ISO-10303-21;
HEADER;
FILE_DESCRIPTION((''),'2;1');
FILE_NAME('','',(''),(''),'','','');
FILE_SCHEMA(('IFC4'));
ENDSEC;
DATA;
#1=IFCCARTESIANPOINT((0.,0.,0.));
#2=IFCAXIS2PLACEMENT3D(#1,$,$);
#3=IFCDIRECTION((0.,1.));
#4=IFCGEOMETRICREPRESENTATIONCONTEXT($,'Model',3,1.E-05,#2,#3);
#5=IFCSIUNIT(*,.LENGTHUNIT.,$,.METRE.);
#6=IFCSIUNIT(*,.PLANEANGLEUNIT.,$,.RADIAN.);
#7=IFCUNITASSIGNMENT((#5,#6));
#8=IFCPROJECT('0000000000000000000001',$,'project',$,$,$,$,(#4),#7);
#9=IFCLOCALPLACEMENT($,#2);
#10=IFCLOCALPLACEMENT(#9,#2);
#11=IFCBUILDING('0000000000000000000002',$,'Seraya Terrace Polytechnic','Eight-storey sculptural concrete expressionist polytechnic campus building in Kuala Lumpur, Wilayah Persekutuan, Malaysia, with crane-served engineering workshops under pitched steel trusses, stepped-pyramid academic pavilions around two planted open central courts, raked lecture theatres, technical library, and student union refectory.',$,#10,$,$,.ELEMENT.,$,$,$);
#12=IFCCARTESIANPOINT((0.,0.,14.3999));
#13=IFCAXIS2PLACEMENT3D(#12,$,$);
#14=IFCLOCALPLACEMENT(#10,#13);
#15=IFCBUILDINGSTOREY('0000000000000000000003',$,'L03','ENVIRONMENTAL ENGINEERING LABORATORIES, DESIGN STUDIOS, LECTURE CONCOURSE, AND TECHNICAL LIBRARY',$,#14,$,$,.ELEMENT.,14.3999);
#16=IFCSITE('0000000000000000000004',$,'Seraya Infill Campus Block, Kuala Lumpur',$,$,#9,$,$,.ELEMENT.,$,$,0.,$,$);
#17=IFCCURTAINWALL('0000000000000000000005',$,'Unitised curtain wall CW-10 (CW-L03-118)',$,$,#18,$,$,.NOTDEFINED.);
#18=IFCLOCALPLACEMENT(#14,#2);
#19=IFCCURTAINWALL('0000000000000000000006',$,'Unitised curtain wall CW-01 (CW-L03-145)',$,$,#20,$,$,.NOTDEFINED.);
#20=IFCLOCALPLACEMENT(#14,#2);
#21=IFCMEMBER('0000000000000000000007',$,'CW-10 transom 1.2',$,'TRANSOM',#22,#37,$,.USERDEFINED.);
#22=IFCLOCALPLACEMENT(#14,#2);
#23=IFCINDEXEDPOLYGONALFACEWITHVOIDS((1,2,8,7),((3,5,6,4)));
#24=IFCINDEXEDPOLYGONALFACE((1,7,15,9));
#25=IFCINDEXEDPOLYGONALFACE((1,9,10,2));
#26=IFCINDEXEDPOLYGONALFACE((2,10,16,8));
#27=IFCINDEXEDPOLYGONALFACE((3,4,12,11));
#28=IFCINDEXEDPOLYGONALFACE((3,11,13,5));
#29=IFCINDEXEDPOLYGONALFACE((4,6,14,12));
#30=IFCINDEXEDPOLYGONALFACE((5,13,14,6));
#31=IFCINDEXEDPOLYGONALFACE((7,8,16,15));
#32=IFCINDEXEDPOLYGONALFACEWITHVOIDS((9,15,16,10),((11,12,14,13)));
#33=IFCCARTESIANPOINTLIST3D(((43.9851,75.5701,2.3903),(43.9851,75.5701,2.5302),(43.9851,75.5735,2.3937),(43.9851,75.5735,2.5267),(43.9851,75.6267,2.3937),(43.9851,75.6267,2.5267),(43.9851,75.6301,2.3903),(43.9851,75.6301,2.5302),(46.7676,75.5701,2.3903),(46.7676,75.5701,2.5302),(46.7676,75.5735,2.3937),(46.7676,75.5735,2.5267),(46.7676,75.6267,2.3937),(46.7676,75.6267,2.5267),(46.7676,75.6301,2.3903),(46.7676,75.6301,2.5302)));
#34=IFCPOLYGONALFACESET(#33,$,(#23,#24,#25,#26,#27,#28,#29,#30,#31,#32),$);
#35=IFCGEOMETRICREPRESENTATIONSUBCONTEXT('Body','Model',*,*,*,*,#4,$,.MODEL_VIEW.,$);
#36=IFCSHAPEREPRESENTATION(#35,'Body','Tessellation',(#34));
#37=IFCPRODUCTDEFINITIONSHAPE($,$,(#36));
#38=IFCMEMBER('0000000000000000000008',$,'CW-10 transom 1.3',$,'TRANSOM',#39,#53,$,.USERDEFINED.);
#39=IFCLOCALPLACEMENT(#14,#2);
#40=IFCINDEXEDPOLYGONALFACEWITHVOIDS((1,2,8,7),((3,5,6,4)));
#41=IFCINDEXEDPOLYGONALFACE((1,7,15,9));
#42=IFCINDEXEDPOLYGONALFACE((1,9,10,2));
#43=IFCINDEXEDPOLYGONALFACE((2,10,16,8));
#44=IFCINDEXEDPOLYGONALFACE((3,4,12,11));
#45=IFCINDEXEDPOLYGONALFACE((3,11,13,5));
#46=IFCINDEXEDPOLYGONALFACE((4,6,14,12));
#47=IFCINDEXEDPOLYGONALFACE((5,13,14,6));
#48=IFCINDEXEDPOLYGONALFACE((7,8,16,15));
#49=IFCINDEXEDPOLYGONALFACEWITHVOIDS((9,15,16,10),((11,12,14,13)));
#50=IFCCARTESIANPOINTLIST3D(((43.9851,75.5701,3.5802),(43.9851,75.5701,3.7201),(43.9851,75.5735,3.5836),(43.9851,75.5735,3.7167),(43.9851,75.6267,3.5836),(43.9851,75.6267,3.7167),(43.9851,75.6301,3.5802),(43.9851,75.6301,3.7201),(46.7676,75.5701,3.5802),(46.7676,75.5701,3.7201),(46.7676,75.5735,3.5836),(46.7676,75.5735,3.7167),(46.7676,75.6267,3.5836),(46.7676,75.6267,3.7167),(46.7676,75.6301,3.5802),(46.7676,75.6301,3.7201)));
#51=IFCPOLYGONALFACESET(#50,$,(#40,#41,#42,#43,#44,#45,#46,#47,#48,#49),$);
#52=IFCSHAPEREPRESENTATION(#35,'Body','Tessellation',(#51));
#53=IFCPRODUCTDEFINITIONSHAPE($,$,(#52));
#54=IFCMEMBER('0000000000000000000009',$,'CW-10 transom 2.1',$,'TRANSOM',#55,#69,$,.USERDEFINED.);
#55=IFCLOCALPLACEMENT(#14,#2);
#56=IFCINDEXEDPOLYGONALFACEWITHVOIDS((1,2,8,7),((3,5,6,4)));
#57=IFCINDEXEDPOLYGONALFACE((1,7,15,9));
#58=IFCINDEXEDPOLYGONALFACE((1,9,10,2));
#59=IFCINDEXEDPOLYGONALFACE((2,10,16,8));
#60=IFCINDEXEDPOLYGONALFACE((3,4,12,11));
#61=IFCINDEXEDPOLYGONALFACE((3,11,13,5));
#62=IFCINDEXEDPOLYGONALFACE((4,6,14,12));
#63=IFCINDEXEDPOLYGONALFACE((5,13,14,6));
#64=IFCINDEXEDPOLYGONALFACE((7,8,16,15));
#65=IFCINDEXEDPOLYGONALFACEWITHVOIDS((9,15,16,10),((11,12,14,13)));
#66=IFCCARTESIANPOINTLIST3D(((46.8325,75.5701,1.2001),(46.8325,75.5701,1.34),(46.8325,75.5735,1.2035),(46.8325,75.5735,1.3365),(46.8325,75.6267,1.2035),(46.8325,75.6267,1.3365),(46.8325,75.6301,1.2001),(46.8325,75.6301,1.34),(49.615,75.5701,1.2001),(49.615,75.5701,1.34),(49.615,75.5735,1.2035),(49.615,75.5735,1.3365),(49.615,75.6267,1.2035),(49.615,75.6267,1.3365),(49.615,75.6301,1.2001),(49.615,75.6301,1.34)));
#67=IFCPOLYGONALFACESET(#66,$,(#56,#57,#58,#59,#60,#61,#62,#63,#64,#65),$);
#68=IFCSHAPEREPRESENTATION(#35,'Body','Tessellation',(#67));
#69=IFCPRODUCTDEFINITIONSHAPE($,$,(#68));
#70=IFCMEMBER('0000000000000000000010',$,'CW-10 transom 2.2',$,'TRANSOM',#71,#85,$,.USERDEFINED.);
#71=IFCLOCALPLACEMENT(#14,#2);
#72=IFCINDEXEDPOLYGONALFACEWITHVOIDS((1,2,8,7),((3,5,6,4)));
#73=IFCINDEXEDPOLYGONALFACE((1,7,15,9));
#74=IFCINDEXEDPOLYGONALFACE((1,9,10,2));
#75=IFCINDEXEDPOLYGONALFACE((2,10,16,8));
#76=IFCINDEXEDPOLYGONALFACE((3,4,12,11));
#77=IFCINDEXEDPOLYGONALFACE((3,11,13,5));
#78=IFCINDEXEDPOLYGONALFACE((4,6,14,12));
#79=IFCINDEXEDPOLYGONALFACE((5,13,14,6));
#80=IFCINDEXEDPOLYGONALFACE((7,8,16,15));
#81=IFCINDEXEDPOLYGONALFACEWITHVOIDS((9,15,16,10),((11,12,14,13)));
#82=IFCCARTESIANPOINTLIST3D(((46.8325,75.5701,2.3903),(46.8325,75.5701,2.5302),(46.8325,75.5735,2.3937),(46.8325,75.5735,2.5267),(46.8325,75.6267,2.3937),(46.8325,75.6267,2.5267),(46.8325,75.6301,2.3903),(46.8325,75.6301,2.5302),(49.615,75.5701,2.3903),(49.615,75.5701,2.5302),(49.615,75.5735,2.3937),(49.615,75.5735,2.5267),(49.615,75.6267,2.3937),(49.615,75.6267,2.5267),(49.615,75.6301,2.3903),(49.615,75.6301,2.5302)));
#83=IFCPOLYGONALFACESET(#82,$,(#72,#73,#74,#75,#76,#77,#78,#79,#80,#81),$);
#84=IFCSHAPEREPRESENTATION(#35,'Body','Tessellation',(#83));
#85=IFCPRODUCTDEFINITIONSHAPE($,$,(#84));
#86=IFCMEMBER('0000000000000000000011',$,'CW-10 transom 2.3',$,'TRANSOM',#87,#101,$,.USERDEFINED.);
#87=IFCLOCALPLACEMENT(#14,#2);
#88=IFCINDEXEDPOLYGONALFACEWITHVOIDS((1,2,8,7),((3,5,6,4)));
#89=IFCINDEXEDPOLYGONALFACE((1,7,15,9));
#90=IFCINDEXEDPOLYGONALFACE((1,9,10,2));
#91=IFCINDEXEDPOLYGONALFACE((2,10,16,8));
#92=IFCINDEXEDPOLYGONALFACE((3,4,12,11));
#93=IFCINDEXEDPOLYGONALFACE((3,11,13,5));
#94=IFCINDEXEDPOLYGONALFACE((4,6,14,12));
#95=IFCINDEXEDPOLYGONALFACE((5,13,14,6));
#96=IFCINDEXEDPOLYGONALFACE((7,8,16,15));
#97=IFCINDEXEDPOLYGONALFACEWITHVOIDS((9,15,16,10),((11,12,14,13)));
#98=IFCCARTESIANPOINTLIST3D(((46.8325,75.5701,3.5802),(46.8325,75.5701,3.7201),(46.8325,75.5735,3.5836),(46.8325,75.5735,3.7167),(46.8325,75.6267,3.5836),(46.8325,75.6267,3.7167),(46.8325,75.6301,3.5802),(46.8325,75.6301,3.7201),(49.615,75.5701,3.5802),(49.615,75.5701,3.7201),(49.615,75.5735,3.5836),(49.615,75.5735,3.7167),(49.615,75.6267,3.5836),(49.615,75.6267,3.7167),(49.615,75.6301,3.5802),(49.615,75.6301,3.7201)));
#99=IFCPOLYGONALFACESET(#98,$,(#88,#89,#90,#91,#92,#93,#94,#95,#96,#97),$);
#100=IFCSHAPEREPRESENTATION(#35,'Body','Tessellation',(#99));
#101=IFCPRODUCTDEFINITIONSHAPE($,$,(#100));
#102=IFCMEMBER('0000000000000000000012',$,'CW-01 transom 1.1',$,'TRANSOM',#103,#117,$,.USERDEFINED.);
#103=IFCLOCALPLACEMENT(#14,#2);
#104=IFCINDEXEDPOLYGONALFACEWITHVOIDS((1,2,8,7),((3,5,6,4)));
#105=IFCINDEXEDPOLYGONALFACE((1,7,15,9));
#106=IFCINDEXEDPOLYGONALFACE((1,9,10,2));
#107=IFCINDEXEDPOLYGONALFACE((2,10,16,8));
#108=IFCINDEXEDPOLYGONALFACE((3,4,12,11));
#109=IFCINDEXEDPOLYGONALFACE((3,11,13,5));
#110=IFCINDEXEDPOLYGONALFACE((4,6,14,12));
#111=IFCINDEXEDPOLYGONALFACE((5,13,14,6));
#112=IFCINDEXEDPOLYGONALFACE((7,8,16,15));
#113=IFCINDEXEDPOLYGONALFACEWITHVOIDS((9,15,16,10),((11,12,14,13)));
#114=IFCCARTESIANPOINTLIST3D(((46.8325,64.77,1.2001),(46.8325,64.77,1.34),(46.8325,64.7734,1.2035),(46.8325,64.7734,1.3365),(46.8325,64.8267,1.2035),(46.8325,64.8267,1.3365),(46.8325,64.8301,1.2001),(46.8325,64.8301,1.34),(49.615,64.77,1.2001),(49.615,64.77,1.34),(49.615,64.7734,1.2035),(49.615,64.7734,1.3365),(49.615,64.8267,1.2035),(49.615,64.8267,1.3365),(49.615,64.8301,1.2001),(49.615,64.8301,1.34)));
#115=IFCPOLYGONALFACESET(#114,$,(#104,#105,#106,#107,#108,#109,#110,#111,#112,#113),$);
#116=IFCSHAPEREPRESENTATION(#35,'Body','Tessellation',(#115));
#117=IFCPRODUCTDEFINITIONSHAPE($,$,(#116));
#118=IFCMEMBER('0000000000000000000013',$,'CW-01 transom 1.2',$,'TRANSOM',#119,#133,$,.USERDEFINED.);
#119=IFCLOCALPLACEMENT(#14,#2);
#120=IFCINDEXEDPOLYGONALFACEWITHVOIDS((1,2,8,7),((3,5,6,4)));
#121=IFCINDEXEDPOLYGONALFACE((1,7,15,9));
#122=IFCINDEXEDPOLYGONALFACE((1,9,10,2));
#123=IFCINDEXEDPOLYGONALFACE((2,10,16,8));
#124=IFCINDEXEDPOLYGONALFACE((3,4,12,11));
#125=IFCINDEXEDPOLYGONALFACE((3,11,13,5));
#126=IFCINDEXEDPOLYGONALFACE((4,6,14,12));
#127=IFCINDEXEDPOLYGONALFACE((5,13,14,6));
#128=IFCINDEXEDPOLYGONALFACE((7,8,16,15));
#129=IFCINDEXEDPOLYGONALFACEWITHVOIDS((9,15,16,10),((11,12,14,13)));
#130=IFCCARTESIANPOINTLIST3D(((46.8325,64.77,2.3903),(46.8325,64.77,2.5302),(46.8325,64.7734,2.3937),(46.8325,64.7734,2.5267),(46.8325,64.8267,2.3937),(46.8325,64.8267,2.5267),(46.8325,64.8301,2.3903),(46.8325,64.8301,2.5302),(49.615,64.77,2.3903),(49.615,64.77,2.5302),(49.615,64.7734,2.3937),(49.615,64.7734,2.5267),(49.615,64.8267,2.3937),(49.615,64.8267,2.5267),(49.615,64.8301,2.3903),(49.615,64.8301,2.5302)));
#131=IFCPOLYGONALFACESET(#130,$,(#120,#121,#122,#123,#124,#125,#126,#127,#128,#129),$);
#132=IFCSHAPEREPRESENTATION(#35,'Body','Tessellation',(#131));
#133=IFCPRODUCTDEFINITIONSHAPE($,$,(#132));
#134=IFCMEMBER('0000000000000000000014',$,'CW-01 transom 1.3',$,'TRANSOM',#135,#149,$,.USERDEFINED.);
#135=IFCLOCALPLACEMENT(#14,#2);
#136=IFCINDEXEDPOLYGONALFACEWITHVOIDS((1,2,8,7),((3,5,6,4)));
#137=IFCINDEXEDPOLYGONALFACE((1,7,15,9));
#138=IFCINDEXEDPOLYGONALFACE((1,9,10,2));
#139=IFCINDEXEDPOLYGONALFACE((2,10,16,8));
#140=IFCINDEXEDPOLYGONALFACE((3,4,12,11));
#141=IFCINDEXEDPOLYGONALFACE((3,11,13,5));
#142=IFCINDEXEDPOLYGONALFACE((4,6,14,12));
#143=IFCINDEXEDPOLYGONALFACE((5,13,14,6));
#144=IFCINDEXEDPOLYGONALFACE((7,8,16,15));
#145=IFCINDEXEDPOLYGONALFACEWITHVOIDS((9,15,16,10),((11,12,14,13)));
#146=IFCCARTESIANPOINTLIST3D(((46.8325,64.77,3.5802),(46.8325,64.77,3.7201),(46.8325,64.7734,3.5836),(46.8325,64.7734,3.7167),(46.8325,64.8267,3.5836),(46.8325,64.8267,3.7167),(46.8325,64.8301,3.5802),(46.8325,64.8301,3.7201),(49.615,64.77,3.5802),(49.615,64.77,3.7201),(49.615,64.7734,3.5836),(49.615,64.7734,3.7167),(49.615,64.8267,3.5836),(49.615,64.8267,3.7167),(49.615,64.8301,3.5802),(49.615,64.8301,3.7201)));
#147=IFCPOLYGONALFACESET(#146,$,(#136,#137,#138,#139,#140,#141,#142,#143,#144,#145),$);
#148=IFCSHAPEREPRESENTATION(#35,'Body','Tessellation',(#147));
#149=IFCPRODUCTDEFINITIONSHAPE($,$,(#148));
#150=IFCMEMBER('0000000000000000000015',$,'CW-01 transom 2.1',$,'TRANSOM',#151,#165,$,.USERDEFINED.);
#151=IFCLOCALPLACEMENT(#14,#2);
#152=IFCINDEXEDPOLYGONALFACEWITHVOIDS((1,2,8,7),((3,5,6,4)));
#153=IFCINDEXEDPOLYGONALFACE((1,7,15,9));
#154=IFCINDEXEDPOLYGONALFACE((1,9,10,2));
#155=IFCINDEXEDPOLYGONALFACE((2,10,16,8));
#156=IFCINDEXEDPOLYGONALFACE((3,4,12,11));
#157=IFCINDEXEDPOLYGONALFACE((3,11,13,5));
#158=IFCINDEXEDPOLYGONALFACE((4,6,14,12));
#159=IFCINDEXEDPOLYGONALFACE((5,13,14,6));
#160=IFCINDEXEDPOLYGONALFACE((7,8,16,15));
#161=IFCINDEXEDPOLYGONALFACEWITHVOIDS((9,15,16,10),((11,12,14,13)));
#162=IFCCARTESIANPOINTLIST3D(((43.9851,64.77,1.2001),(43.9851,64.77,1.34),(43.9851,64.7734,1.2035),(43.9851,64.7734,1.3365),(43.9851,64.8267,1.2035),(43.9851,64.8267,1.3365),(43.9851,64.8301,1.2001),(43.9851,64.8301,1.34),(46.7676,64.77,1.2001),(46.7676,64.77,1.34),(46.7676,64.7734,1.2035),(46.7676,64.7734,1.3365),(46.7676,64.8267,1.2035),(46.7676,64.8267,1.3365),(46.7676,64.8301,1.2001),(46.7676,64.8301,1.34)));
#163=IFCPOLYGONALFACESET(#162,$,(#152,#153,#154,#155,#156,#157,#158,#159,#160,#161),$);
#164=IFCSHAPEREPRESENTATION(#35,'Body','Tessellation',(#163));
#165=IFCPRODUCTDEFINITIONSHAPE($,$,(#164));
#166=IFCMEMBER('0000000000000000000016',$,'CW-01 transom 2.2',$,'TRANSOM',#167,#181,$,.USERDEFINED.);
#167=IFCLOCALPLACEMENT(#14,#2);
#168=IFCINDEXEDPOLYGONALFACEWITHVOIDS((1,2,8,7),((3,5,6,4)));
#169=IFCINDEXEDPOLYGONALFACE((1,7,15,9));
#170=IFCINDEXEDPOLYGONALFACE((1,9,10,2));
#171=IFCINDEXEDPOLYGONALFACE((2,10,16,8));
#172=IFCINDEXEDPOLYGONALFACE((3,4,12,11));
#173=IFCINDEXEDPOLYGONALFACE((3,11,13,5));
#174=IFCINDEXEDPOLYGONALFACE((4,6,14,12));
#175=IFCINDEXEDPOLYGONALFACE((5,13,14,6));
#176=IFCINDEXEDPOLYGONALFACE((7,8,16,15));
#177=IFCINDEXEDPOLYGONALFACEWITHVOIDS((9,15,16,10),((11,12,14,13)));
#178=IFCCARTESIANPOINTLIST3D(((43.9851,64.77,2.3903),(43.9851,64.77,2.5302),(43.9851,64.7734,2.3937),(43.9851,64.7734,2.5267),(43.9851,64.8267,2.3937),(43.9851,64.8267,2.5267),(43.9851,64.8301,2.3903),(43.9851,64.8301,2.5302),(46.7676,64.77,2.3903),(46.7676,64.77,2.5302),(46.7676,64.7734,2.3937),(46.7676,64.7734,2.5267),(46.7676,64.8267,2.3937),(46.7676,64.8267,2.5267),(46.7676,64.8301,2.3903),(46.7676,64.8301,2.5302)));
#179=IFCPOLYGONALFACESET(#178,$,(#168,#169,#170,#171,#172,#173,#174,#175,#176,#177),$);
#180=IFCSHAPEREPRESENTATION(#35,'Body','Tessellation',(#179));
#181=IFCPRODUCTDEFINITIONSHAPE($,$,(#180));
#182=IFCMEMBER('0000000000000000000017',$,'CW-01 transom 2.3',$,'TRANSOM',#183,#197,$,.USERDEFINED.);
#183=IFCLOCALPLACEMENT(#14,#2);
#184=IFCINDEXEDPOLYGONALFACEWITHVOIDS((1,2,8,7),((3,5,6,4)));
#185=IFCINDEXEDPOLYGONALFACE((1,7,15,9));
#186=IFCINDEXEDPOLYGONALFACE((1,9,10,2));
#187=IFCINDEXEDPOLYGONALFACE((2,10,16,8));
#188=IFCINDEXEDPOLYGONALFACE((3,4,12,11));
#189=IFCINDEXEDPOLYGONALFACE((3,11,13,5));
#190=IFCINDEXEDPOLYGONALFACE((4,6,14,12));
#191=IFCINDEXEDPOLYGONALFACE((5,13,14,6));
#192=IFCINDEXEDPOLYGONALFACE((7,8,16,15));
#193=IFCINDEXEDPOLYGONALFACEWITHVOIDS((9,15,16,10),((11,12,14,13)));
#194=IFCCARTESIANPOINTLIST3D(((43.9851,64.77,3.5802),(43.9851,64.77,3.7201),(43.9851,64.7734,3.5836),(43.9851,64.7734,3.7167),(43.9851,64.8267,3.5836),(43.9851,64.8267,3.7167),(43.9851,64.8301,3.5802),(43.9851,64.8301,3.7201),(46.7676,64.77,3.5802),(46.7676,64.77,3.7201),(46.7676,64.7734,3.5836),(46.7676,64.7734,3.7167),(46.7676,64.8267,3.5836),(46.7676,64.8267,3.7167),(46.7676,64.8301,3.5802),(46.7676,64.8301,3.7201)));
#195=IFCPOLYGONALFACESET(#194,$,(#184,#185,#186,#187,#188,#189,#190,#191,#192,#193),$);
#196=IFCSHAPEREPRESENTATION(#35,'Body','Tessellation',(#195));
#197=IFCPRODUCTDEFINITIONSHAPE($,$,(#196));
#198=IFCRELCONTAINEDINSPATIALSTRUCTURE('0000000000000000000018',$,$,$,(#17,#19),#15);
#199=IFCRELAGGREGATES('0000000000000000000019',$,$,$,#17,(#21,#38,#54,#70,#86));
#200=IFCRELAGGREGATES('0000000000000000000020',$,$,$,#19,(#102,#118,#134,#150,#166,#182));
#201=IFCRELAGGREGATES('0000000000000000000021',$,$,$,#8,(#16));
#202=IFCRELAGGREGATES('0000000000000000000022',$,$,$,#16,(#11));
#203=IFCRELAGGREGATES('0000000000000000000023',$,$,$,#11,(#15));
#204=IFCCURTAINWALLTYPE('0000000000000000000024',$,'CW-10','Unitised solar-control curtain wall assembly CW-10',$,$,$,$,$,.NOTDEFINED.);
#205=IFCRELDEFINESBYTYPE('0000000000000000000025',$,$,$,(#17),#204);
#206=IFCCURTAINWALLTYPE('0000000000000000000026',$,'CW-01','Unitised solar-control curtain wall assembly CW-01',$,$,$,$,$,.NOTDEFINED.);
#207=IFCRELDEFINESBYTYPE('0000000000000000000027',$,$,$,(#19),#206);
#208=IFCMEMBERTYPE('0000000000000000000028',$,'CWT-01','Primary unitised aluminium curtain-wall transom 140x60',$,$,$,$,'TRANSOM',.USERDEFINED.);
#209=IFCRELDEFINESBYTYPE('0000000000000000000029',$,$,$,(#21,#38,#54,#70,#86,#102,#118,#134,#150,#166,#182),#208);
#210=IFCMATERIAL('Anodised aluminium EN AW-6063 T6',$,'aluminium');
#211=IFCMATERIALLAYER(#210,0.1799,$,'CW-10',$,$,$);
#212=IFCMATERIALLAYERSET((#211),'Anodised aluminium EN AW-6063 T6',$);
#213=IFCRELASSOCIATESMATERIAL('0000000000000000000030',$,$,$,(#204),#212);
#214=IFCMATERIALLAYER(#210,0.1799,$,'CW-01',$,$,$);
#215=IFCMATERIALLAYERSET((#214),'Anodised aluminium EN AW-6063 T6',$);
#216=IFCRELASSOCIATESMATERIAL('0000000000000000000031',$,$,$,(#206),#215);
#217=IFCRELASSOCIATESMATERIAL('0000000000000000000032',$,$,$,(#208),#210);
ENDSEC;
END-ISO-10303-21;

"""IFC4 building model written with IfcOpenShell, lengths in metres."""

from ifc_helpers import new_model, si_unit, direction, frame, origin, origin_2d, place, context, subcontext, project, spatial, hollow_rectangle, extrude, material, layer, layer_set, material_profile, profile_set, type_object, element, aggregate, save


model = new_model("IFC4")

# Units and contexts
model_context = context("Model", 3, precision=1e-05, world=origin(), true_north=direction((0.0, 1.0)))
body_context = subcontext(model_context, "Body", "Model", "MODEL_VIEW")
ifc_project = project(units=[si_unit("LENGTHUNIT", "METRE"), si_unit("PLANEANGLEUNIT", "RADIAN")], contexts=[model_context])

# Site, building, storey
site_placement = place(None, origin())
site = spatial("IfcSite", under=ifc_project, at=site_placement, Name="Seraya Infill Campus Block, Kuala Lumpur", CompositionType="ELEMENT", RefElevation=0.0)
building_placement = place(site_placement, origin())
building = spatial("IfcBuilding", under=site, at=building_placement, Name="Seraya Terrace Polytechnic", Description="Eight-storey sculptural concrete expressionist polytechnic campus building in Kuala Lumpur, Wilayah Persekutuan, Malaysia, with crane-served engineering workshops under pitched steel trusses, stepped-pyramid academic pavilions around two planted open central courts, raked lecture theatres, technical library, and student union refectory.", CompositionType="ELEMENT")
storey_placement = place(building_placement, frame((0.0, 0.0, 14.3999)))
storey = spatial("IfcBuildingStorey", under=building, at=storey_placement, Name="L03", Description="ENVIRONMENTAL ENGINEERING LABORATORIES, DESIGN STUDIOS, LECTURE CONCOURSE, AND TECHNICAL LIBRARY", CompositionType="ELEMENT", Elevation=14.3999)

# Curtain walls
ifc_material_1 = material(Name="Anodised aluminium EN AW-6063 T6", Category="aluminium")
ifc_layer_1 = layer(ifc_material_1, 0.1799, Name="CW-10")
ifc_layer_set_1 = layer_set([ifc_layer_1], Name="Anodised aluminium EN AW-6063 T6")
curtain_wall_type_1 = type_object("IfcCurtainWallType", Name="CW-10", Description="Unitised solar-control curtain wall assembly CW-10", PredefinedType="NOTDEFINED", material=ifc_layer_set_1)
curtain_wall_1_placement = place(storey_placement, origin())
curtain_wall_1 = element("IfcCurtainWall", 1, at=curtain_wall_1_placement, inside=storey, type_object=curtain_wall_type_1, Name="Unitised curtain wall CW-10 (CW-L03-118)", PredefinedType="NOTDEFINED")
ifc_layer_2 = layer(ifc_material_1, 0.1799, Name="CW-01")
ifc_layer_set_2 = layer_set([ifc_layer_2], Name="Anodised aluminium EN AW-6063 T6")
curtain_wall_type_2 = type_object("IfcCurtainWallType", Name="CW-01", Description="Unitised solar-control curtain wall assembly CW-01", PredefinedType="NOTDEFINED", material=ifc_layer_set_2)
curtain_wall_2_placement = place(storey_placement, origin())
curtain_wall_2 = element("IfcCurtainWall", 2, at=curtain_wall_2_placement, inside=storey, type_object=curtain_wall_type_2, Name="Unitised curtain wall CW-01 (CW-L03-145)", PredefinedType="NOTDEFINED")

# Members
ifc_material_profile_1 = material_profile(ifc_material_1, hollow_rectangle(XDim=0.0601, YDim=0.1399, WallThickness=0.0034, at=origin_2d()), Name="RHS 140x60x3.5")
ifc_profile_set_1 = profile_set([ifc_material_profile_1], Name="Anodised aluminium EN AW-6063 T6")
member_type_1 = type_object("IfcMemberType", Name="CWT-01", Description="Primary unitised aluminium curtain-wall transom 140x60", ElementType="TRANSOM", PredefinedType="USERDEFINED", material=ifc_profile_set_1)
member_1_placement = place(storey_placement, frame((43.9851, 75.6001, 2.4602), z_axis=(1.0, 0.0, 0.0), x_axis=(0.0, 1.0, 0.0)))
member_1 = element("IfcMember", 3, at=member_1_placement, type_object=member_type_1, Name="CW-10 transom 1.2", ObjectType="TRANSOM", PredefinedType="USERDEFINED", context=body_context, shape_type="SweptSolid", body=[
    extrude(hollow_rectangle(XDim=0.0601, YDim=0.1399, WallThickness=0.0034, at=origin_2d()), origin(), (0.0, 0.0, 1.0), 2.7825),
])
member_2_placement = place(storey_placement, frame((43.9851, 75.6001, 3.6501), z_axis=(1.0, 0.0, 0.0), x_axis=(0.0, 1.0, 0.0)))
member_2 = element("IfcMember", 4, at=member_2_placement, type_object=member_type_1, Name="CW-10 transom 1.3", ObjectType="TRANSOM", PredefinedType="USERDEFINED", context=body_context, shape_type="SweptSolid", body=[
    extrude(hollow_rectangle(XDim=0.0601, YDim=0.1399, WallThickness=0.0034, at=origin_2d()), origin(), (0.0, 0.0, 1.0), 2.7825),
])
member_3_placement = place(storey_placement, frame((46.8325, 75.6001, 1.27), z_axis=(1.0, 0.0, 0.0), x_axis=(0.0, 1.0, 0.0)))
member_3 = element("IfcMember", 5, at=member_3_placement, type_object=member_type_1, Name="CW-10 transom 2.1", ObjectType="TRANSOM", PredefinedType="USERDEFINED", context=body_context, shape_type="SweptSolid", body=[
    extrude(hollow_rectangle(XDim=0.0601, YDim=0.1399, WallThickness=0.0034, at=origin_2d()), origin(), (0.0, 0.0, 1.0), 2.7825),
])
member_4_placement = place(storey_placement, frame((46.8325, 75.6001, 2.4602), z_axis=(1.0, 0.0, 0.0), x_axis=(0.0, 1.0, 0.0)))
member_4 = element("IfcMember", 6, at=member_4_placement, type_object=member_type_1, Name="CW-10 transom 2.2", ObjectType="TRANSOM", PredefinedType="USERDEFINED", context=body_context, shape_type="SweptSolid", body=[
    extrude(hollow_rectangle(XDim=0.0601, YDim=0.1399, WallThickness=0.0034, at=origin_2d()), origin(), (0.0, 0.0, 1.0), 2.7825),
])
member_5_placement = place(storey_placement, frame((46.8325, 75.6001, 3.6501), z_axis=(1.0, 0.0, 0.0), x_axis=(0.0, 1.0, 0.0)))
member_5 = element("IfcMember", 7, at=member_5_placement, type_object=member_type_1, Name="CW-10 transom 2.3", ObjectType="TRANSOM", PredefinedType="USERDEFINED", context=body_context, shape_type="SweptSolid", body=[
    extrude(hollow_rectangle(XDim=0.0601, YDim=0.1399, WallThickness=0.0034, at=origin_2d()), origin(), (0.0, 0.0, 1.0), 2.7825),
])
member_6_placement = place(storey_placement, frame((49.615, 64.8, 1.27), z_axis=(-1.0, 0.0, 0.0), x_axis=(0.0, -1.0, 0.0)))
member_6 = element("IfcMember", 8, at=member_6_placement, type_object=member_type_1, Name="CW-01 transom 1.1", ObjectType="TRANSOM", PredefinedType="USERDEFINED", context=body_context, shape_type="SweptSolid", body=[
    extrude(hollow_rectangle(XDim=0.0601, YDim=0.1399, WallThickness=0.0034, at=origin_2d()), origin(), (0.0, 0.0, 1.0), 2.7825),
])
member_7_placement = place(storey_placement, frame((49.615, 64.8, 2.4602), z_axis=(-1.0, 0.0, 0.0), x_axis=(0.0, -1.0, 0.0)))
member_7 = element("IfcMember", 9, at=member_7_placement, type_object=member_type_1, Name="CW-01 transom 1.2", ObjectType="TRANSOM", PredefinedType="USERDEFINED", context=body_context, shape_type="SweptSolid", body=[
    extrude(hollow_rectangle(XDim=0.0601, YDim=0.1399, WallThickness=0.0034, at=origin_2d()), origin(), (0.0, 0.0, 1.0), 2.7825),
])
member_8_placement = place(storey_placement, frame((49.615, 64.8, 3.6501), z_axis=(-1.0, 0.0, 0.0), x_axis=(0.0, -1.0, 0.0)))
member_8 = element("IfcMember", 10, at=member_8_placement, type_object=member_type_1, Name="CW-01 transom 1.3", ObjectType="TRANSOM", PredefinedType="USERDEFINED", context=body_context, shape_type="SweptSolid", body=[
    extrude(hollow_rectangle(XDim=0.0601, YDim=0.1399, WallThickness=0.0034, at=origin_2d()), origin(), (0.0, 0.0, 1.0), 2.7825),
])
member_9_placement = place(storey_placement, frame((46.7676, 64.8, 1.27), z_axis=(-1.0, 0.0, 0.0), x_axis=(0.0, -1.0, 0.0)))
member_9 = element("IfcMember", 11, at=member_9_placement, type_object=member_type_1, Name="CW-01 transom 2.1", ObjectType="TRANSOM", PredefinedType="USERDEFINED", context=body_context, shape_type="SweptSolid", body=[
    extrude(hollow_rectangle(XDim=0.0601, YDim=0.1399, WallThickness=0.0034, at=origin_2d()), origin(), (0.0, 0.0, 1.0), 2.7825),
])
member_10_placement = place(storey_placement, frame((46.7676, 64.8, 2.4602), z_axis=(-1.0, 0.0, 0.0), x_axis=(0.0, -1.0, 0.0)))
member_10 = element("IfcMember", 12, at=member_10_placement, type_object=member_type_1, Name="CW-01 transom 2.2", ObjectType="TRANSOM", PredefinedType="USERDEFINED", context=body_context, shape_type="SweptSolid", body=[
    extrude(hollow_rectangle(XDim=0.0601, YDim=0.1399, WallThickness=0.0034, at=origin_2d()), origin(), (0.0, 0.0, 1.0), 2.7825),
])
member_11_placement = place(storey_placement, frame((46.7676, 64.8, 3.6501), z_axis=(-1.0, 0.0, 0.0), x_axis=(0.0, -1.0, 0.0)))
member_11 = element("IfcMember", 13, at=member_11_placement, type_object=member_type_1, Name="CW-01 transom 2.3", ObjectType="TRANSOM", PredefinedType="USERDEFINED", context=body_context, shape_type="SweptSolid", body=[
    extrude(hollow_rectangle(XDim=0.0601, YDim=0.1399, WallThickness=0.0034, at=origin_2d()), origin(), (0.0, 0.0, 1.0), 2.7825),
])

aggregate(curtain_wall_1, [member_1, member_2, member_3, member_4, member_5])
aggregate(curtain_wall_2, [member_6, member_7, member_8, member_9, member_10, member_11])

save(model, "model.ifc")
